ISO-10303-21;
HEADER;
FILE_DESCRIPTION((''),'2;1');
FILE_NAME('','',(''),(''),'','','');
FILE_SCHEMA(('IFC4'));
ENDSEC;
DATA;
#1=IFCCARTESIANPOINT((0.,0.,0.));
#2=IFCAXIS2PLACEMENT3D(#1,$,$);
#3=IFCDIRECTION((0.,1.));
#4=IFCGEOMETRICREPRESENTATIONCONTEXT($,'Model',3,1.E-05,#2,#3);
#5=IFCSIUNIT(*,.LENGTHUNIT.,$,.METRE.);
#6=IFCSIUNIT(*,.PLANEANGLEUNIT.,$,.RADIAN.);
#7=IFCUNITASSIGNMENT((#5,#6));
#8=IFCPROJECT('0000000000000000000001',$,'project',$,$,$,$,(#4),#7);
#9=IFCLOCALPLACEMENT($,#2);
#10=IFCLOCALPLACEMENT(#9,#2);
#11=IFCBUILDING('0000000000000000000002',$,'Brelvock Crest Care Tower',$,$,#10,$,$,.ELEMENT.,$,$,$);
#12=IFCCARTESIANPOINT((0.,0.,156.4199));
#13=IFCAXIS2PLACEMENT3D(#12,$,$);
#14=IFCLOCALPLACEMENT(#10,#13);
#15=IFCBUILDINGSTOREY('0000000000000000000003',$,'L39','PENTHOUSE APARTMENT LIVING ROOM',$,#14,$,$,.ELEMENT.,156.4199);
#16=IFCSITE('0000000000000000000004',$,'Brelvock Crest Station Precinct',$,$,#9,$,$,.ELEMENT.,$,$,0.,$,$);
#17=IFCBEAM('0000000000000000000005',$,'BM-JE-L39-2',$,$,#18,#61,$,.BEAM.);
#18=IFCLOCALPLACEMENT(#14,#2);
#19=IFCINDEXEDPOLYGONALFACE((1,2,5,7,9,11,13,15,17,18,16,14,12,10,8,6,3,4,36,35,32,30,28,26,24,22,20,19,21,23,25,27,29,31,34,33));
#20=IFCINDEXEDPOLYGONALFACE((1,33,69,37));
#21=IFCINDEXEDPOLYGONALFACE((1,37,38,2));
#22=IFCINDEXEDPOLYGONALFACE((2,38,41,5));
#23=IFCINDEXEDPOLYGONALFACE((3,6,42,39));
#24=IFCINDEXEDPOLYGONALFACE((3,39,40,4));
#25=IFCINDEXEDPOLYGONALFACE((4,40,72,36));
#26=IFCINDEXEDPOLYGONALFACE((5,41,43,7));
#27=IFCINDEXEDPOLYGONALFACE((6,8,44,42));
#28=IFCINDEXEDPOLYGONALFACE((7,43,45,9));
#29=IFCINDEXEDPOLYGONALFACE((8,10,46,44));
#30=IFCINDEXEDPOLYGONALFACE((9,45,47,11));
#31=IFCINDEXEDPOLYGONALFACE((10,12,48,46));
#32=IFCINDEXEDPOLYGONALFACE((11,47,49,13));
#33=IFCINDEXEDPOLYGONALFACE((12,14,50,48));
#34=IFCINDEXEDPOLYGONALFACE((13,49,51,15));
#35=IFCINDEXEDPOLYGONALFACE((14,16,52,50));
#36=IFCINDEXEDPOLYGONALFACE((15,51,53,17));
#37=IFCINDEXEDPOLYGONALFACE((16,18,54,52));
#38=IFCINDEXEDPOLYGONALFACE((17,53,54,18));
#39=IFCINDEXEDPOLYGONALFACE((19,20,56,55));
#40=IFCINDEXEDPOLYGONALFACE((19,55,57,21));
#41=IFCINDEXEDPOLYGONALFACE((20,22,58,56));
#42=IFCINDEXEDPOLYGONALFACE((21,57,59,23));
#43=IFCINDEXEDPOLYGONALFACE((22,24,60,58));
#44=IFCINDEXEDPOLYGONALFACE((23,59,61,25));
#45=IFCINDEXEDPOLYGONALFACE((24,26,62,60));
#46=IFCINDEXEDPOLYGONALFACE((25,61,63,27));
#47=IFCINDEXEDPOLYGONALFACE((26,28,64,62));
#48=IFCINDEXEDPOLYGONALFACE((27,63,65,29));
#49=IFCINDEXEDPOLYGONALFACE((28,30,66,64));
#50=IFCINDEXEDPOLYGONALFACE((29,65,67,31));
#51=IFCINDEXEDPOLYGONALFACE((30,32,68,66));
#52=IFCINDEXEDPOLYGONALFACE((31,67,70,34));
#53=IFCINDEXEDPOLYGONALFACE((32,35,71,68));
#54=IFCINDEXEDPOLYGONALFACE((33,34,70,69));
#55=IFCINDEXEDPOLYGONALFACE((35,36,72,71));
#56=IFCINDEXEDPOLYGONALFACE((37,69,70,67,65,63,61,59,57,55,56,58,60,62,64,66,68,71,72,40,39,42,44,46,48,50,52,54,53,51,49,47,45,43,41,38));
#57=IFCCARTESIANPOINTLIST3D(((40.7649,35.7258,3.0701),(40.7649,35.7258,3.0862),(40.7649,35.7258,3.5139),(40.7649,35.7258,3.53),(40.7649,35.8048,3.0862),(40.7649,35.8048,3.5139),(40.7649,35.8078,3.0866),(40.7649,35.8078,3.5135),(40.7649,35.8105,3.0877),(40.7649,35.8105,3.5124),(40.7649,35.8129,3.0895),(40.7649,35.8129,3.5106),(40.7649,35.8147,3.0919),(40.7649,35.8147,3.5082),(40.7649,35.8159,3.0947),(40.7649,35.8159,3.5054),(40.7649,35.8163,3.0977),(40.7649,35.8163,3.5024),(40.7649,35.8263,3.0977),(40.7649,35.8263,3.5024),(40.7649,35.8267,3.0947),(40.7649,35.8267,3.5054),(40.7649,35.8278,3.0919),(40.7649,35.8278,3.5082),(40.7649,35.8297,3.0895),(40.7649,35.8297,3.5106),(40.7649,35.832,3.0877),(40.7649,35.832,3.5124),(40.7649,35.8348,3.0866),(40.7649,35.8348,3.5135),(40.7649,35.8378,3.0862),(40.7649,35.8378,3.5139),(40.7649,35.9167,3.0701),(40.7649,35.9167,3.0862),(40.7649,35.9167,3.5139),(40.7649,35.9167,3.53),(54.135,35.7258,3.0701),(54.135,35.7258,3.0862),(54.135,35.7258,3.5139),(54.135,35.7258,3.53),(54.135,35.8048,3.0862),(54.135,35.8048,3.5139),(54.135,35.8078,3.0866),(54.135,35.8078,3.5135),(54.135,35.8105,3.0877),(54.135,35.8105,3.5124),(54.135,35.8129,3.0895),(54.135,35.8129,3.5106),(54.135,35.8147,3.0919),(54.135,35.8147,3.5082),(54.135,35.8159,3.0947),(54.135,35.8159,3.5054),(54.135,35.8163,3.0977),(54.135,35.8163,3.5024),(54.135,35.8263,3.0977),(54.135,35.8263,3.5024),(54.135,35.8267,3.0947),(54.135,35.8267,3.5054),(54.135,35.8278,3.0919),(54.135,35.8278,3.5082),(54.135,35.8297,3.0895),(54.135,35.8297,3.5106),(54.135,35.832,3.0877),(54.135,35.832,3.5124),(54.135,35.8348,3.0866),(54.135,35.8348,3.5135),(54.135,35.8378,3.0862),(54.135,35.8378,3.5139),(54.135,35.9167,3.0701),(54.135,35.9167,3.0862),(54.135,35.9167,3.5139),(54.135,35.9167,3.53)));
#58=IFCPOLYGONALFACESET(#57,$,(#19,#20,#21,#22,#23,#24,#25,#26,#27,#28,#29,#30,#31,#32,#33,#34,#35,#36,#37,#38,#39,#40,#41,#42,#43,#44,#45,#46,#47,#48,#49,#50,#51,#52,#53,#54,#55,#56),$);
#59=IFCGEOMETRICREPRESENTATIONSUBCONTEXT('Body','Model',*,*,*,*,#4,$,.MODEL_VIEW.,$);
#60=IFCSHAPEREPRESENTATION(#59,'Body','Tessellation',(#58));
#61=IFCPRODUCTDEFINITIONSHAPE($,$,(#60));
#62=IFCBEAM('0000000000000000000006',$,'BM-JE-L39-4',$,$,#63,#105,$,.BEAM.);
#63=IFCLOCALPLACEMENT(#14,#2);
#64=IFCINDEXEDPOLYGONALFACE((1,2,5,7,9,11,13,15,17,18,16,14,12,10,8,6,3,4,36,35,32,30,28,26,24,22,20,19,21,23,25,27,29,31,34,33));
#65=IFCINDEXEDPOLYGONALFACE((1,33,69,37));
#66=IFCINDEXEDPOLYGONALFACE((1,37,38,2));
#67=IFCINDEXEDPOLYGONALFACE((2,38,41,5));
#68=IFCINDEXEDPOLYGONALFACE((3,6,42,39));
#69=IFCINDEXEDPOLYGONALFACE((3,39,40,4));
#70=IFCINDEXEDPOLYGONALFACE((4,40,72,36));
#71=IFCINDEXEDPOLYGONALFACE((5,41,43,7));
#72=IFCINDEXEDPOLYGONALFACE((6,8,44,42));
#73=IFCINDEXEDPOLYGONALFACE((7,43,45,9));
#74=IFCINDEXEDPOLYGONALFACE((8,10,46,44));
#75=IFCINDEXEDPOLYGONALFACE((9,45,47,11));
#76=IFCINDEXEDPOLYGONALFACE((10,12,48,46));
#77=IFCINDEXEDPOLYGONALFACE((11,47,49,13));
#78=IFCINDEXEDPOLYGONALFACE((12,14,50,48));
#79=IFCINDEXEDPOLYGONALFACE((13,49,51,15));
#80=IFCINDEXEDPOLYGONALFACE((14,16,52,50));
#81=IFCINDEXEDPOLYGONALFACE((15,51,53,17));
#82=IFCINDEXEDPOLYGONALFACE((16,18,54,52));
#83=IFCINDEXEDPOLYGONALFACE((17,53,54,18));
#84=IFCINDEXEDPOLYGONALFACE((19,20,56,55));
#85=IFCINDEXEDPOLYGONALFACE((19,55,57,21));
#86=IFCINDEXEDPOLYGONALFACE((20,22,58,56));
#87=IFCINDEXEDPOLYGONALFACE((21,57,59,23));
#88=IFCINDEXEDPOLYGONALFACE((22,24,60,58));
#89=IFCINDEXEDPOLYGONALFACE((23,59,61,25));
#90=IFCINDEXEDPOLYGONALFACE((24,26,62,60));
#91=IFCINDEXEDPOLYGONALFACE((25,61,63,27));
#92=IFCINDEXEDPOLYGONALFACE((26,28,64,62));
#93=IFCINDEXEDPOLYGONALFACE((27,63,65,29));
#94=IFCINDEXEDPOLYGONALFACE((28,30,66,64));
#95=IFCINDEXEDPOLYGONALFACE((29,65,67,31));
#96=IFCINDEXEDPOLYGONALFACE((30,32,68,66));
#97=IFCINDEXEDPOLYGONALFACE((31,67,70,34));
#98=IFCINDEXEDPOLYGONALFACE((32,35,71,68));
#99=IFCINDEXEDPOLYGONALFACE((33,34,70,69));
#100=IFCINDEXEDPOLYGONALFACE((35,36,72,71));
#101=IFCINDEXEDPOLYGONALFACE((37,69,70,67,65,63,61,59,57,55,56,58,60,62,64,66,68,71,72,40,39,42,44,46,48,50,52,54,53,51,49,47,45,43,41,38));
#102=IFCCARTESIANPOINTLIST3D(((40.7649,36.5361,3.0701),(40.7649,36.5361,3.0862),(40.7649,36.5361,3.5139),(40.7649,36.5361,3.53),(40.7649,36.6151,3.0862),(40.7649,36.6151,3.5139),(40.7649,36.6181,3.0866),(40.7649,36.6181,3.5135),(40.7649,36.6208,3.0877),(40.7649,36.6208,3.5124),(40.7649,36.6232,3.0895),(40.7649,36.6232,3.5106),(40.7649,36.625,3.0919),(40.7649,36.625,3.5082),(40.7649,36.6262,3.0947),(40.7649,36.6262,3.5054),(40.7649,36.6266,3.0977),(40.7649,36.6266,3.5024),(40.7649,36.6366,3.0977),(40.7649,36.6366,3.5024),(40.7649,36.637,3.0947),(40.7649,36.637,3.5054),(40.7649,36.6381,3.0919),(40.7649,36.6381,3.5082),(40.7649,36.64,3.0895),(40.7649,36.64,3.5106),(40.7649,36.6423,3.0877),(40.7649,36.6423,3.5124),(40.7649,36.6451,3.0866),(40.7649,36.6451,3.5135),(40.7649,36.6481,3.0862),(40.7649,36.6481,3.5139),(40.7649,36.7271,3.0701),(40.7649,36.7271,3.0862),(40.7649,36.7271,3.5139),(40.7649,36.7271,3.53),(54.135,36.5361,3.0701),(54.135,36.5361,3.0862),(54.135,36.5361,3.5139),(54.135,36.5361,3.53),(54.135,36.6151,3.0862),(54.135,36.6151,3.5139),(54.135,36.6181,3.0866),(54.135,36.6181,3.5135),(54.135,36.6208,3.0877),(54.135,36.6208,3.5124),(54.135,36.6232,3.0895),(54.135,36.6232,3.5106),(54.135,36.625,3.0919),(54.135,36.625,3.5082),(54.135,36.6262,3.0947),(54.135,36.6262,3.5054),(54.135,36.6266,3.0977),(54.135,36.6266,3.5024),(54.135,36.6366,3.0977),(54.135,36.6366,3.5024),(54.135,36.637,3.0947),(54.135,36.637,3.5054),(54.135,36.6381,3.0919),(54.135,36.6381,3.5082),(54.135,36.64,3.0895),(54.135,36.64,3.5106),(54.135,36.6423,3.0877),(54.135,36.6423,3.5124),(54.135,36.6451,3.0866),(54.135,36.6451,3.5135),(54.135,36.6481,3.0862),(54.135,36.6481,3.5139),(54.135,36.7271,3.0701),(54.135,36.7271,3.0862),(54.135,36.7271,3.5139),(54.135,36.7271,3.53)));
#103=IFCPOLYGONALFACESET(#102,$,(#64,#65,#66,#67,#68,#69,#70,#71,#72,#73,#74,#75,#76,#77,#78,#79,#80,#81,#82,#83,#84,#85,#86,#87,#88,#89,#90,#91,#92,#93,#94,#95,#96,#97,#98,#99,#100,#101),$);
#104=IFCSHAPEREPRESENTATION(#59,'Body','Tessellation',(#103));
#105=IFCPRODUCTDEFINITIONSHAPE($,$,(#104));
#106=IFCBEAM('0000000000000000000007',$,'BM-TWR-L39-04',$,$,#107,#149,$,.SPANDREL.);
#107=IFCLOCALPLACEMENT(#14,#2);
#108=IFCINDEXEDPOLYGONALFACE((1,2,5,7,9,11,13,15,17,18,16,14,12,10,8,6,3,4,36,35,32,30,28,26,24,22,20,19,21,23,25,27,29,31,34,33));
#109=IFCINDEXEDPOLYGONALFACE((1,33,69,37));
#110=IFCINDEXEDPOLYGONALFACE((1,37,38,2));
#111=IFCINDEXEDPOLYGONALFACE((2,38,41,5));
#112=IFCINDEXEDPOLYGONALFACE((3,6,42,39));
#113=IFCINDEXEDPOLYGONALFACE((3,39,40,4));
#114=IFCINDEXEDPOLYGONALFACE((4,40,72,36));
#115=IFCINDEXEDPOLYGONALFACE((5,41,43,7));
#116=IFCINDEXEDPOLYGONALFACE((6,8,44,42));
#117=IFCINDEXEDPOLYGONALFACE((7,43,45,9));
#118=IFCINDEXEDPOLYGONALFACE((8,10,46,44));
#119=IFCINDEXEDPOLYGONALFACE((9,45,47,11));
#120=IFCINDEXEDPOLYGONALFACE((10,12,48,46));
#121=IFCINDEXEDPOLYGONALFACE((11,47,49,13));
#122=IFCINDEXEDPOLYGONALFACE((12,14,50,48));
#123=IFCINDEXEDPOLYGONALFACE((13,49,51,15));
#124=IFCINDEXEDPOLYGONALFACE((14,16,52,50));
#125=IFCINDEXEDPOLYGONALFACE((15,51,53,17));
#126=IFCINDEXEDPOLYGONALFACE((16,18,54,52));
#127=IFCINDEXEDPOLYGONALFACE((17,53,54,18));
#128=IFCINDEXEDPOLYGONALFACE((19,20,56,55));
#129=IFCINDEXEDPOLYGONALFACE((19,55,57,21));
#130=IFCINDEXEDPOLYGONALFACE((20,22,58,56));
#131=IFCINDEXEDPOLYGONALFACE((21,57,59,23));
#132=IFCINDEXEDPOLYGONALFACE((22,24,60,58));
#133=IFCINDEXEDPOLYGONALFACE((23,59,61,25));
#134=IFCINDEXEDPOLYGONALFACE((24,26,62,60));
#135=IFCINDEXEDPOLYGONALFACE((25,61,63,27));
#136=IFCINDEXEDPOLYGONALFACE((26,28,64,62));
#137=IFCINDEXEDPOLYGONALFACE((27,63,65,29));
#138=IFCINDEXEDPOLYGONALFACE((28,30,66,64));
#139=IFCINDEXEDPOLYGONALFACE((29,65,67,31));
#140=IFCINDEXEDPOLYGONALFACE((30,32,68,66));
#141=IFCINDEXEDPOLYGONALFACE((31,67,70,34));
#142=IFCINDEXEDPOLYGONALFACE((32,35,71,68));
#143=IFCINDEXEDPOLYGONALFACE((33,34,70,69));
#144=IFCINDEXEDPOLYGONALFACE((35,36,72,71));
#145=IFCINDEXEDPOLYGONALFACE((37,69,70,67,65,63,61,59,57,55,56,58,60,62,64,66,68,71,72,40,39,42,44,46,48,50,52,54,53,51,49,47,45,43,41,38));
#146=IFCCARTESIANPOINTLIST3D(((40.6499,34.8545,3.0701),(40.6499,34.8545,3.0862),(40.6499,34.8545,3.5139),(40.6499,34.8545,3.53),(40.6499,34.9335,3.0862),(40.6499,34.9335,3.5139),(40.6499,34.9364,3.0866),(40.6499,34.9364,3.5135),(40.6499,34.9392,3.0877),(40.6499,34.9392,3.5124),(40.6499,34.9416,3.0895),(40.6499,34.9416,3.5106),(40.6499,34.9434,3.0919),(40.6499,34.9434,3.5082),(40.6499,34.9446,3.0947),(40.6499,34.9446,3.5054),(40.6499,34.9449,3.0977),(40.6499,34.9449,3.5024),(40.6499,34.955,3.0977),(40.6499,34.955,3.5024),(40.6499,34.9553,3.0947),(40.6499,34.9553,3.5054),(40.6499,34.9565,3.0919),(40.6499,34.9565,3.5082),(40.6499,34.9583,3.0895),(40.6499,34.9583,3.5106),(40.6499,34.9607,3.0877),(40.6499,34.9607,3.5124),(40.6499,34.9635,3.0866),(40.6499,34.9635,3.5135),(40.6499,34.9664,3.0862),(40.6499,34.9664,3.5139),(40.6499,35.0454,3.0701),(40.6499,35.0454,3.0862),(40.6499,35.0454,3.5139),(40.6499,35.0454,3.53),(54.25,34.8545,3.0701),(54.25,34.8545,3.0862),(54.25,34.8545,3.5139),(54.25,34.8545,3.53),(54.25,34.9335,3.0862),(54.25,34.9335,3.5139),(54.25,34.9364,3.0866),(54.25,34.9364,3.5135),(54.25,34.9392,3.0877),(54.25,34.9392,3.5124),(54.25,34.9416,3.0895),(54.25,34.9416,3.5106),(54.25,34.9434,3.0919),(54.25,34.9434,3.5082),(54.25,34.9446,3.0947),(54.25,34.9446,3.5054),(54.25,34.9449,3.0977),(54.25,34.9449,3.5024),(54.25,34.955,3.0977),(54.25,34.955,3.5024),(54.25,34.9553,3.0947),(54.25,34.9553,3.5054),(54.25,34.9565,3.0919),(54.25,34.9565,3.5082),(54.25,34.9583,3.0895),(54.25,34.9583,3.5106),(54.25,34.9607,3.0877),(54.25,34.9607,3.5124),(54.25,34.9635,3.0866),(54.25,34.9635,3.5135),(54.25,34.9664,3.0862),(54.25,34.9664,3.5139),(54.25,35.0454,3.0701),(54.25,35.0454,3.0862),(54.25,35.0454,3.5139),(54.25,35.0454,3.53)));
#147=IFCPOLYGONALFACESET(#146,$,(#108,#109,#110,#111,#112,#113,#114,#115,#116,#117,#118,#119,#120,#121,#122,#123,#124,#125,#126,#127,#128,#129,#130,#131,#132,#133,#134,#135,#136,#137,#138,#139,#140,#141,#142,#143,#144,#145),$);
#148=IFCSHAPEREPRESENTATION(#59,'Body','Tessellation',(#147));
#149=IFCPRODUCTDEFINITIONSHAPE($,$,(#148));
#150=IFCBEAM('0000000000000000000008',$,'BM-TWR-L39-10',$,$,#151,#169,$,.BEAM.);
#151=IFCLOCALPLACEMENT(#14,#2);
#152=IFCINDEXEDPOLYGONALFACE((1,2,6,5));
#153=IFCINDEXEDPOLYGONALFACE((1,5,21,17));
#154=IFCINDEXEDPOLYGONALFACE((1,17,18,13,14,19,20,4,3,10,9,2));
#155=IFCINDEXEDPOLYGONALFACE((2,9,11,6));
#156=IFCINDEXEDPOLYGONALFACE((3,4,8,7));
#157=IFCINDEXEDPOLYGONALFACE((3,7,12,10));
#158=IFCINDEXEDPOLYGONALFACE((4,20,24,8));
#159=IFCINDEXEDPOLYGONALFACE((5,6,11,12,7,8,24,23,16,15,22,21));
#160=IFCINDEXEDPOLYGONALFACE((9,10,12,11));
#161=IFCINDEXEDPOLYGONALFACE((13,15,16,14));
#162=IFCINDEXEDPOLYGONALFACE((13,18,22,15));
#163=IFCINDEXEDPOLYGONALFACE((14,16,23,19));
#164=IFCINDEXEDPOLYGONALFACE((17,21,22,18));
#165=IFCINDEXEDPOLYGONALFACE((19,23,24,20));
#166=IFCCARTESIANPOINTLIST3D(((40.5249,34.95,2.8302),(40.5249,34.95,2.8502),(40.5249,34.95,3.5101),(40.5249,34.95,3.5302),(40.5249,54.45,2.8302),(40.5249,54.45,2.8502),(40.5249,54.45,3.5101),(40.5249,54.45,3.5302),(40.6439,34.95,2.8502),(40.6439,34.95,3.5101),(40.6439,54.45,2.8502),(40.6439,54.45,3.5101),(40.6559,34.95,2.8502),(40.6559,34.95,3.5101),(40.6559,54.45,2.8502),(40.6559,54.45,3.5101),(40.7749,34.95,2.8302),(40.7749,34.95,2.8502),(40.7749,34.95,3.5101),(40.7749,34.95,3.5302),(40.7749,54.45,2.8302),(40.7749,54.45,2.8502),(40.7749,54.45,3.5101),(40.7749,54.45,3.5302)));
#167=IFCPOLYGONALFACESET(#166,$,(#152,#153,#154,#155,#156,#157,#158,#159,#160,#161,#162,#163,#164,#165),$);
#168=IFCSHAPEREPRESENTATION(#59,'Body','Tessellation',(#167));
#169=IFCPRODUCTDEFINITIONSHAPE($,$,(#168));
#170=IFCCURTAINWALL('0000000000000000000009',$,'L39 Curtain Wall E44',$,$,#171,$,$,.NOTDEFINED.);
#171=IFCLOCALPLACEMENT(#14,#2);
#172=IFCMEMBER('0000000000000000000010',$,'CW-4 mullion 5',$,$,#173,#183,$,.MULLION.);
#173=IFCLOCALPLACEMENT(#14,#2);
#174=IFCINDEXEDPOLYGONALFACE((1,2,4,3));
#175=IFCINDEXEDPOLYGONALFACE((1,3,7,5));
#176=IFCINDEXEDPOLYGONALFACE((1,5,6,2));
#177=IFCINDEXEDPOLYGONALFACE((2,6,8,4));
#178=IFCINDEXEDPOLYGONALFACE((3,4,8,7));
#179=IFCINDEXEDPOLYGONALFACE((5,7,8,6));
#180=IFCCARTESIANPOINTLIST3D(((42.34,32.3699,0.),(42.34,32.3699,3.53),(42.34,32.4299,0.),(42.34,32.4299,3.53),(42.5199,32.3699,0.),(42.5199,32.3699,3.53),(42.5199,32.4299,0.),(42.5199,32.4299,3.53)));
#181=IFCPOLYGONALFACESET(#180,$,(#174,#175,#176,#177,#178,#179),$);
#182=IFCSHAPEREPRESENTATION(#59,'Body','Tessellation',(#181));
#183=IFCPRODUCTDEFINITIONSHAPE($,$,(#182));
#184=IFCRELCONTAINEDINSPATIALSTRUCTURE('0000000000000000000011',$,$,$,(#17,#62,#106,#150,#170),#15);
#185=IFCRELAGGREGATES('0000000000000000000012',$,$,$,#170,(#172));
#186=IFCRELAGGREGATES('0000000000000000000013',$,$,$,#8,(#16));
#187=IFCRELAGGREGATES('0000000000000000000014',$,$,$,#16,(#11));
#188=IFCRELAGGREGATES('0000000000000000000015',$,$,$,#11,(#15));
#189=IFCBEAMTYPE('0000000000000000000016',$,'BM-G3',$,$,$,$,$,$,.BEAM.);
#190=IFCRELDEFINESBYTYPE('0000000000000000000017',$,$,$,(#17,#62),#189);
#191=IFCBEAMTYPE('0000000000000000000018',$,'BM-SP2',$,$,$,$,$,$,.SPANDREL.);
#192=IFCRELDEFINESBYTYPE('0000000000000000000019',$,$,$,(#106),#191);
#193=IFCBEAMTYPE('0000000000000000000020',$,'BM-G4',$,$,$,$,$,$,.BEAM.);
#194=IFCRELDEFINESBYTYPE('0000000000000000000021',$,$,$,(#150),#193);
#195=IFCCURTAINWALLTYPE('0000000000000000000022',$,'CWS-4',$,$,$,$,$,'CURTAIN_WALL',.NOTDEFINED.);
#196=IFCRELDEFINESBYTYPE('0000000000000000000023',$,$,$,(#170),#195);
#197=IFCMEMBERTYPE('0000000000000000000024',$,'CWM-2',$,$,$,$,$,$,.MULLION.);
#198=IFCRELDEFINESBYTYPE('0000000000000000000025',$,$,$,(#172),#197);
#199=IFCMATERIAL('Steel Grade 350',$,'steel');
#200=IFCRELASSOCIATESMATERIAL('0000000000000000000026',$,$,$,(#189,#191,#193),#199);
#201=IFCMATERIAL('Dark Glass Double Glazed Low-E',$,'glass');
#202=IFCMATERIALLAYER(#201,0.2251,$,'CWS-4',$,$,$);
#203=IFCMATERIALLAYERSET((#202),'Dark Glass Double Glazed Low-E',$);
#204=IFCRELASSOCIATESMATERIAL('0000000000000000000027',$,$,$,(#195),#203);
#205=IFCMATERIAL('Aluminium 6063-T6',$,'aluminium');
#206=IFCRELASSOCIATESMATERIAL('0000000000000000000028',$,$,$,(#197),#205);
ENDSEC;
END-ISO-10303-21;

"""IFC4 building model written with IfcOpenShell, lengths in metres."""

from ifc_helpers import new_model, si_unit, direction, frame, origin, origin_2d, place, context, subcontext, project, spatial, rectangle, i_section, extrude, source, transform, mapped, material, layer, layer_set, material_profile, profile_set, type_object, element, aggregate, save


model = new_model("IFC4")

# Units and contexts
model_context = context("Model", 3, precision=1e-05, world=origin(), true_north=direction((0.0, 1.0)))
body_context = subcontext(model_context, "Body", "Model", "MODEL_VIEW")
ifc_project = project(units=[si_unit("LENGTHUNIT", "METRE"), si_unit("PLANEANGLEUNIT", "RADIAN")], contexts=[model_context])

# Site, building, storey
site_placement = place(None, origin())
site = spatial("IfcSite", under=ifc_project, at=site_placement, Name="Brelvock Crest Station Precinct", CompositionType="ELEMENT", RefElevation=0.0)
building_placement = place(site_placement, origin())
building = spatial("IfcBuilding", under=site, at=building_placement, Name="Brelvock Crest Care Tower", CompositionType="ELEMENT")
storey_placement = place(building_placement, frame((0.0, 0.0, 156.4199)))
storey = spatial("IfcBuildingStorey", under=building, at=storey_placement, Name="L39", Description="PENTHOUSE APARTMENT LIVING ROOM", CompositionType="ELEMENT", Elevation=156.4199)

# Shared definitions
ifc_material_1 = material(Name="Steel Grade 350", Category="steel")

# Beams
ifc_material_profile_1 = material_profile(ifc_material_1, i_section(OverallWidth=0.1909, OverallDepth=0.46, WebThickness=0.01, FlangeThickness=0.0161, FilletRadius=0.0115, at=origin_2d()), Name="460UB82.1")
ifc_profile_set_1 = profile_set([ifc_material_profile_1], Name="Steel Grade 350")
beam_type_1 = type_object("IfcBeamType", Name="BM-G3", PredefinedType="BEAM", material=ifc_profile_set_1)
shared_shape_1 = source(origin(), body_context, "Body", "SweptSolid", [
    extrude(i_section(OverallWidth=0.1909, OverallDepth=0.46, WebThickness=0.01, FlangeThickness=0.0161, FilletRadius=0.0115, at=origin_2d()), origin(), (0.0, 0.0, 1.0), 13.3701),
])
for number, where, z_axis, x_axis, name in (
    (1, (40.7649, 35.8213, 3.3), (1.0, 0.0, 0.0), (0.0, 1.0, 0.0), "BM-JE-L39-2"),
    (2, (40.7649, 36.6316, 3.3), (1.0, 0.0, 0.0), (0.0, 1.0, 0.0), "BM-JE-L39-4"),
):
    element("IfcBeam", number, at=place(storey_placement, frame(where, z_axis=z_axis, x_axis=x_axis)), inside=storey, type_object=beam_type_1, Name=name, PredefinedType="BEAM", context=body_context, shape_type="MappedRepresentation", body=[
        mapped(shared_shape_1, transform((0.0, 0.0, 0.0), x_axis=(1.0, 0.0, 0.0), y_axis=(0.0, 1.0, 0.0), z_axis=(0.0, 0.0, 1.0), scale=1.0)),
    ])
ifc_material_profile_2 = material_profile(ifc_material_1, i_section(OverallWidth=0.1909, OverallDepth=0.46, WebThickness=0.01, FlangeThickness=0.0161, FilletRadius=0.0115, at=origin_2d()), Name="460UB82.1")
ifc_profile_set_2 = profile_set([ifc_material_profile_2], Name="Steel Grade 350")
beam_type_2 = type_object("IfcBeamType", Name="BM-SP2", PredefinedType="SPANDREL", material=ifc_profile_set_2)
shared_shape_2 = source(origin(), body_context, "Body", "SweptSolid", [
    extrude(i_section(OverallWidth=0.1909, OverallDepth=0.46, WebThickness=0.01, FlangeThickness=0.0161, FilletRadius=0.0115, at=origin_2d()), origin(), (0.0, 0.0, 1.0), 13.6001),
])
beam_1_placement = place(storey_placement, frame((40.6499, 34.95, 3.3), z_axis=(1.0, 0.0, 0.0), x_axis=(0.0, 1.0, 0.0)))
element("IfcBeam", 3, at=beam_1_placement, inside=storey, type_object=beam_type_2, Name="BM-TWR-L39-04", PredefinedType="SPANDREL", context=body_context, shape_type="MappedRepresentation", body=[
    mapped(shared_shape_2, transform((0.0, 0.0, 0.0), x_axis=(1.0, 0.0, 0.0), y_axis=(0.0, 1.0, 0.0), z_axis=(0.0, 0.0, 1.0), scale=1.0)),
])
ifc_material_profile_3 = material_profile(ifc_material_1, i_section(OverallWidth=0.25, OverallDepth=0.7, WebThickness=0.012, FlangeThickness=0.02, at=origin_2d()), Name="700WB150")
ifc_profile_set_3 = profile_set([ifc_material_profile_3], Name="Steel Grade 350")
beam_type_3 = type_object("IfcBeamType", Name="BM-G4", PredefinedType="BEAM", material=ifc_profile_set_3)
shared_shape_3 = source(origin(), body_context, "Body", "SweptSolid", [
    extrude(i_section(OverallWidth=0.25, OverallDepth=0.7, WebThickness=0.012, FlangeThickness=0.02, at=origin_2d()), origin(), (0.0, 0.0, 1.0), 19.5),
])
beam_2_placement = place(storey_placement, frame((40.6499, 34.95, 3.1802), z_axis=(0.0, 1.0, 0.0), x_axis=(-1.0, 0.0, 0.0)))
element("IfcBeam", 4, at=beam_2_placement, inside=storey, type_object=beam_type_3, Name="BM-TWR-L39-10", PredefinedType="BEAM", context=body_context, shape_type="MappedRepresentation", body=[
    mapped(shared_shape_3, transform((0.0, 0.0, 0.0), x_axis=(1.0, 0.0, 0.0), y_axis=(0.0, 1.0, 0.0), z_axis=(0.0, 0.0, 1.0), scale=1.0)),
])

# Curtain wall, member
ifc_material_2 = material(Name="Dark Glass Double Glazed Low-E", Category="glass")
ifc_layer_1 = layer(ifc_material_2, 0.2251, Name="CWS-4")
ifc_layer_set_1 = layer_set([ifc_layer_1], Name="Dark Glass Double Glazed Low-E")
curtain_wall_type = type_object("IfcCurtainWallType", Name="CWS-4", ElementType="CURTAIN_WALL", PredefinedType="NOTDEFINED", material=ifc_layer_set_1)
curtain_wall_1_placement = place(storey_placement, origin())
curtain_wall_1 = element("IfcCurtainWall", 5, at=curtain_wall_1_placement, inside=storey, type_object=curtain_wall_type, Name="L39 Curtain Wall E44", PredefinedType="NOTDEFINED")
ifc_material_3 = material(Name="Aluminium 6063-T6", Category="aluminium")
ifc_material_profile_4 = material_profile(ifc_material_3, rectangle(XDim=0.0601, YDim=0.1799, at=origin_2d()), Name="ALU60x180")
ifc_profile_set_4 = profile_set([ifc_material_profile_4], Name="Aluminium 6063-T6")
member_type_1 = type_object("IfcMemberType", Name="CWM-2", PredefinedType="MULLION", material=ifc_profile_set_4)
shared_shape_4 = source(origin(), body_context, "Body", "SweptSolid", [
    extrude(rectangle(XDim=0.0601, YDim=0.1799, at=origin_2d()), origin(), (0.0, 0.0, 1.0), 3.53),
])
member_1_placement = place(storey_placement, frame((42.4299, 32.3999, 0.0), z_axis=(0.0, 0.0, 1.0), x_axis=(0.0, -1.0, 0.0)))
member_1 = element("IfcMember", 6, at=member_1_placement, type_object=member_type_1, Name="CW-4 mullion 5", PredefinedType="MULLION", context=body_context, shape_type="MappedRepresentation", body=[
    mapped(shared_shape_4, transform((0.0, 0.0, 0.0), x_axis=(1.0, 0.0, 0.0), y_axis=(0.0, 1.0, 0.0), z_axis=(0.0, 0.0, 1.0), scale=1.0)),
])
aggregate(curtain_wall_1, [member_1])

save(model, "model.ifc")
